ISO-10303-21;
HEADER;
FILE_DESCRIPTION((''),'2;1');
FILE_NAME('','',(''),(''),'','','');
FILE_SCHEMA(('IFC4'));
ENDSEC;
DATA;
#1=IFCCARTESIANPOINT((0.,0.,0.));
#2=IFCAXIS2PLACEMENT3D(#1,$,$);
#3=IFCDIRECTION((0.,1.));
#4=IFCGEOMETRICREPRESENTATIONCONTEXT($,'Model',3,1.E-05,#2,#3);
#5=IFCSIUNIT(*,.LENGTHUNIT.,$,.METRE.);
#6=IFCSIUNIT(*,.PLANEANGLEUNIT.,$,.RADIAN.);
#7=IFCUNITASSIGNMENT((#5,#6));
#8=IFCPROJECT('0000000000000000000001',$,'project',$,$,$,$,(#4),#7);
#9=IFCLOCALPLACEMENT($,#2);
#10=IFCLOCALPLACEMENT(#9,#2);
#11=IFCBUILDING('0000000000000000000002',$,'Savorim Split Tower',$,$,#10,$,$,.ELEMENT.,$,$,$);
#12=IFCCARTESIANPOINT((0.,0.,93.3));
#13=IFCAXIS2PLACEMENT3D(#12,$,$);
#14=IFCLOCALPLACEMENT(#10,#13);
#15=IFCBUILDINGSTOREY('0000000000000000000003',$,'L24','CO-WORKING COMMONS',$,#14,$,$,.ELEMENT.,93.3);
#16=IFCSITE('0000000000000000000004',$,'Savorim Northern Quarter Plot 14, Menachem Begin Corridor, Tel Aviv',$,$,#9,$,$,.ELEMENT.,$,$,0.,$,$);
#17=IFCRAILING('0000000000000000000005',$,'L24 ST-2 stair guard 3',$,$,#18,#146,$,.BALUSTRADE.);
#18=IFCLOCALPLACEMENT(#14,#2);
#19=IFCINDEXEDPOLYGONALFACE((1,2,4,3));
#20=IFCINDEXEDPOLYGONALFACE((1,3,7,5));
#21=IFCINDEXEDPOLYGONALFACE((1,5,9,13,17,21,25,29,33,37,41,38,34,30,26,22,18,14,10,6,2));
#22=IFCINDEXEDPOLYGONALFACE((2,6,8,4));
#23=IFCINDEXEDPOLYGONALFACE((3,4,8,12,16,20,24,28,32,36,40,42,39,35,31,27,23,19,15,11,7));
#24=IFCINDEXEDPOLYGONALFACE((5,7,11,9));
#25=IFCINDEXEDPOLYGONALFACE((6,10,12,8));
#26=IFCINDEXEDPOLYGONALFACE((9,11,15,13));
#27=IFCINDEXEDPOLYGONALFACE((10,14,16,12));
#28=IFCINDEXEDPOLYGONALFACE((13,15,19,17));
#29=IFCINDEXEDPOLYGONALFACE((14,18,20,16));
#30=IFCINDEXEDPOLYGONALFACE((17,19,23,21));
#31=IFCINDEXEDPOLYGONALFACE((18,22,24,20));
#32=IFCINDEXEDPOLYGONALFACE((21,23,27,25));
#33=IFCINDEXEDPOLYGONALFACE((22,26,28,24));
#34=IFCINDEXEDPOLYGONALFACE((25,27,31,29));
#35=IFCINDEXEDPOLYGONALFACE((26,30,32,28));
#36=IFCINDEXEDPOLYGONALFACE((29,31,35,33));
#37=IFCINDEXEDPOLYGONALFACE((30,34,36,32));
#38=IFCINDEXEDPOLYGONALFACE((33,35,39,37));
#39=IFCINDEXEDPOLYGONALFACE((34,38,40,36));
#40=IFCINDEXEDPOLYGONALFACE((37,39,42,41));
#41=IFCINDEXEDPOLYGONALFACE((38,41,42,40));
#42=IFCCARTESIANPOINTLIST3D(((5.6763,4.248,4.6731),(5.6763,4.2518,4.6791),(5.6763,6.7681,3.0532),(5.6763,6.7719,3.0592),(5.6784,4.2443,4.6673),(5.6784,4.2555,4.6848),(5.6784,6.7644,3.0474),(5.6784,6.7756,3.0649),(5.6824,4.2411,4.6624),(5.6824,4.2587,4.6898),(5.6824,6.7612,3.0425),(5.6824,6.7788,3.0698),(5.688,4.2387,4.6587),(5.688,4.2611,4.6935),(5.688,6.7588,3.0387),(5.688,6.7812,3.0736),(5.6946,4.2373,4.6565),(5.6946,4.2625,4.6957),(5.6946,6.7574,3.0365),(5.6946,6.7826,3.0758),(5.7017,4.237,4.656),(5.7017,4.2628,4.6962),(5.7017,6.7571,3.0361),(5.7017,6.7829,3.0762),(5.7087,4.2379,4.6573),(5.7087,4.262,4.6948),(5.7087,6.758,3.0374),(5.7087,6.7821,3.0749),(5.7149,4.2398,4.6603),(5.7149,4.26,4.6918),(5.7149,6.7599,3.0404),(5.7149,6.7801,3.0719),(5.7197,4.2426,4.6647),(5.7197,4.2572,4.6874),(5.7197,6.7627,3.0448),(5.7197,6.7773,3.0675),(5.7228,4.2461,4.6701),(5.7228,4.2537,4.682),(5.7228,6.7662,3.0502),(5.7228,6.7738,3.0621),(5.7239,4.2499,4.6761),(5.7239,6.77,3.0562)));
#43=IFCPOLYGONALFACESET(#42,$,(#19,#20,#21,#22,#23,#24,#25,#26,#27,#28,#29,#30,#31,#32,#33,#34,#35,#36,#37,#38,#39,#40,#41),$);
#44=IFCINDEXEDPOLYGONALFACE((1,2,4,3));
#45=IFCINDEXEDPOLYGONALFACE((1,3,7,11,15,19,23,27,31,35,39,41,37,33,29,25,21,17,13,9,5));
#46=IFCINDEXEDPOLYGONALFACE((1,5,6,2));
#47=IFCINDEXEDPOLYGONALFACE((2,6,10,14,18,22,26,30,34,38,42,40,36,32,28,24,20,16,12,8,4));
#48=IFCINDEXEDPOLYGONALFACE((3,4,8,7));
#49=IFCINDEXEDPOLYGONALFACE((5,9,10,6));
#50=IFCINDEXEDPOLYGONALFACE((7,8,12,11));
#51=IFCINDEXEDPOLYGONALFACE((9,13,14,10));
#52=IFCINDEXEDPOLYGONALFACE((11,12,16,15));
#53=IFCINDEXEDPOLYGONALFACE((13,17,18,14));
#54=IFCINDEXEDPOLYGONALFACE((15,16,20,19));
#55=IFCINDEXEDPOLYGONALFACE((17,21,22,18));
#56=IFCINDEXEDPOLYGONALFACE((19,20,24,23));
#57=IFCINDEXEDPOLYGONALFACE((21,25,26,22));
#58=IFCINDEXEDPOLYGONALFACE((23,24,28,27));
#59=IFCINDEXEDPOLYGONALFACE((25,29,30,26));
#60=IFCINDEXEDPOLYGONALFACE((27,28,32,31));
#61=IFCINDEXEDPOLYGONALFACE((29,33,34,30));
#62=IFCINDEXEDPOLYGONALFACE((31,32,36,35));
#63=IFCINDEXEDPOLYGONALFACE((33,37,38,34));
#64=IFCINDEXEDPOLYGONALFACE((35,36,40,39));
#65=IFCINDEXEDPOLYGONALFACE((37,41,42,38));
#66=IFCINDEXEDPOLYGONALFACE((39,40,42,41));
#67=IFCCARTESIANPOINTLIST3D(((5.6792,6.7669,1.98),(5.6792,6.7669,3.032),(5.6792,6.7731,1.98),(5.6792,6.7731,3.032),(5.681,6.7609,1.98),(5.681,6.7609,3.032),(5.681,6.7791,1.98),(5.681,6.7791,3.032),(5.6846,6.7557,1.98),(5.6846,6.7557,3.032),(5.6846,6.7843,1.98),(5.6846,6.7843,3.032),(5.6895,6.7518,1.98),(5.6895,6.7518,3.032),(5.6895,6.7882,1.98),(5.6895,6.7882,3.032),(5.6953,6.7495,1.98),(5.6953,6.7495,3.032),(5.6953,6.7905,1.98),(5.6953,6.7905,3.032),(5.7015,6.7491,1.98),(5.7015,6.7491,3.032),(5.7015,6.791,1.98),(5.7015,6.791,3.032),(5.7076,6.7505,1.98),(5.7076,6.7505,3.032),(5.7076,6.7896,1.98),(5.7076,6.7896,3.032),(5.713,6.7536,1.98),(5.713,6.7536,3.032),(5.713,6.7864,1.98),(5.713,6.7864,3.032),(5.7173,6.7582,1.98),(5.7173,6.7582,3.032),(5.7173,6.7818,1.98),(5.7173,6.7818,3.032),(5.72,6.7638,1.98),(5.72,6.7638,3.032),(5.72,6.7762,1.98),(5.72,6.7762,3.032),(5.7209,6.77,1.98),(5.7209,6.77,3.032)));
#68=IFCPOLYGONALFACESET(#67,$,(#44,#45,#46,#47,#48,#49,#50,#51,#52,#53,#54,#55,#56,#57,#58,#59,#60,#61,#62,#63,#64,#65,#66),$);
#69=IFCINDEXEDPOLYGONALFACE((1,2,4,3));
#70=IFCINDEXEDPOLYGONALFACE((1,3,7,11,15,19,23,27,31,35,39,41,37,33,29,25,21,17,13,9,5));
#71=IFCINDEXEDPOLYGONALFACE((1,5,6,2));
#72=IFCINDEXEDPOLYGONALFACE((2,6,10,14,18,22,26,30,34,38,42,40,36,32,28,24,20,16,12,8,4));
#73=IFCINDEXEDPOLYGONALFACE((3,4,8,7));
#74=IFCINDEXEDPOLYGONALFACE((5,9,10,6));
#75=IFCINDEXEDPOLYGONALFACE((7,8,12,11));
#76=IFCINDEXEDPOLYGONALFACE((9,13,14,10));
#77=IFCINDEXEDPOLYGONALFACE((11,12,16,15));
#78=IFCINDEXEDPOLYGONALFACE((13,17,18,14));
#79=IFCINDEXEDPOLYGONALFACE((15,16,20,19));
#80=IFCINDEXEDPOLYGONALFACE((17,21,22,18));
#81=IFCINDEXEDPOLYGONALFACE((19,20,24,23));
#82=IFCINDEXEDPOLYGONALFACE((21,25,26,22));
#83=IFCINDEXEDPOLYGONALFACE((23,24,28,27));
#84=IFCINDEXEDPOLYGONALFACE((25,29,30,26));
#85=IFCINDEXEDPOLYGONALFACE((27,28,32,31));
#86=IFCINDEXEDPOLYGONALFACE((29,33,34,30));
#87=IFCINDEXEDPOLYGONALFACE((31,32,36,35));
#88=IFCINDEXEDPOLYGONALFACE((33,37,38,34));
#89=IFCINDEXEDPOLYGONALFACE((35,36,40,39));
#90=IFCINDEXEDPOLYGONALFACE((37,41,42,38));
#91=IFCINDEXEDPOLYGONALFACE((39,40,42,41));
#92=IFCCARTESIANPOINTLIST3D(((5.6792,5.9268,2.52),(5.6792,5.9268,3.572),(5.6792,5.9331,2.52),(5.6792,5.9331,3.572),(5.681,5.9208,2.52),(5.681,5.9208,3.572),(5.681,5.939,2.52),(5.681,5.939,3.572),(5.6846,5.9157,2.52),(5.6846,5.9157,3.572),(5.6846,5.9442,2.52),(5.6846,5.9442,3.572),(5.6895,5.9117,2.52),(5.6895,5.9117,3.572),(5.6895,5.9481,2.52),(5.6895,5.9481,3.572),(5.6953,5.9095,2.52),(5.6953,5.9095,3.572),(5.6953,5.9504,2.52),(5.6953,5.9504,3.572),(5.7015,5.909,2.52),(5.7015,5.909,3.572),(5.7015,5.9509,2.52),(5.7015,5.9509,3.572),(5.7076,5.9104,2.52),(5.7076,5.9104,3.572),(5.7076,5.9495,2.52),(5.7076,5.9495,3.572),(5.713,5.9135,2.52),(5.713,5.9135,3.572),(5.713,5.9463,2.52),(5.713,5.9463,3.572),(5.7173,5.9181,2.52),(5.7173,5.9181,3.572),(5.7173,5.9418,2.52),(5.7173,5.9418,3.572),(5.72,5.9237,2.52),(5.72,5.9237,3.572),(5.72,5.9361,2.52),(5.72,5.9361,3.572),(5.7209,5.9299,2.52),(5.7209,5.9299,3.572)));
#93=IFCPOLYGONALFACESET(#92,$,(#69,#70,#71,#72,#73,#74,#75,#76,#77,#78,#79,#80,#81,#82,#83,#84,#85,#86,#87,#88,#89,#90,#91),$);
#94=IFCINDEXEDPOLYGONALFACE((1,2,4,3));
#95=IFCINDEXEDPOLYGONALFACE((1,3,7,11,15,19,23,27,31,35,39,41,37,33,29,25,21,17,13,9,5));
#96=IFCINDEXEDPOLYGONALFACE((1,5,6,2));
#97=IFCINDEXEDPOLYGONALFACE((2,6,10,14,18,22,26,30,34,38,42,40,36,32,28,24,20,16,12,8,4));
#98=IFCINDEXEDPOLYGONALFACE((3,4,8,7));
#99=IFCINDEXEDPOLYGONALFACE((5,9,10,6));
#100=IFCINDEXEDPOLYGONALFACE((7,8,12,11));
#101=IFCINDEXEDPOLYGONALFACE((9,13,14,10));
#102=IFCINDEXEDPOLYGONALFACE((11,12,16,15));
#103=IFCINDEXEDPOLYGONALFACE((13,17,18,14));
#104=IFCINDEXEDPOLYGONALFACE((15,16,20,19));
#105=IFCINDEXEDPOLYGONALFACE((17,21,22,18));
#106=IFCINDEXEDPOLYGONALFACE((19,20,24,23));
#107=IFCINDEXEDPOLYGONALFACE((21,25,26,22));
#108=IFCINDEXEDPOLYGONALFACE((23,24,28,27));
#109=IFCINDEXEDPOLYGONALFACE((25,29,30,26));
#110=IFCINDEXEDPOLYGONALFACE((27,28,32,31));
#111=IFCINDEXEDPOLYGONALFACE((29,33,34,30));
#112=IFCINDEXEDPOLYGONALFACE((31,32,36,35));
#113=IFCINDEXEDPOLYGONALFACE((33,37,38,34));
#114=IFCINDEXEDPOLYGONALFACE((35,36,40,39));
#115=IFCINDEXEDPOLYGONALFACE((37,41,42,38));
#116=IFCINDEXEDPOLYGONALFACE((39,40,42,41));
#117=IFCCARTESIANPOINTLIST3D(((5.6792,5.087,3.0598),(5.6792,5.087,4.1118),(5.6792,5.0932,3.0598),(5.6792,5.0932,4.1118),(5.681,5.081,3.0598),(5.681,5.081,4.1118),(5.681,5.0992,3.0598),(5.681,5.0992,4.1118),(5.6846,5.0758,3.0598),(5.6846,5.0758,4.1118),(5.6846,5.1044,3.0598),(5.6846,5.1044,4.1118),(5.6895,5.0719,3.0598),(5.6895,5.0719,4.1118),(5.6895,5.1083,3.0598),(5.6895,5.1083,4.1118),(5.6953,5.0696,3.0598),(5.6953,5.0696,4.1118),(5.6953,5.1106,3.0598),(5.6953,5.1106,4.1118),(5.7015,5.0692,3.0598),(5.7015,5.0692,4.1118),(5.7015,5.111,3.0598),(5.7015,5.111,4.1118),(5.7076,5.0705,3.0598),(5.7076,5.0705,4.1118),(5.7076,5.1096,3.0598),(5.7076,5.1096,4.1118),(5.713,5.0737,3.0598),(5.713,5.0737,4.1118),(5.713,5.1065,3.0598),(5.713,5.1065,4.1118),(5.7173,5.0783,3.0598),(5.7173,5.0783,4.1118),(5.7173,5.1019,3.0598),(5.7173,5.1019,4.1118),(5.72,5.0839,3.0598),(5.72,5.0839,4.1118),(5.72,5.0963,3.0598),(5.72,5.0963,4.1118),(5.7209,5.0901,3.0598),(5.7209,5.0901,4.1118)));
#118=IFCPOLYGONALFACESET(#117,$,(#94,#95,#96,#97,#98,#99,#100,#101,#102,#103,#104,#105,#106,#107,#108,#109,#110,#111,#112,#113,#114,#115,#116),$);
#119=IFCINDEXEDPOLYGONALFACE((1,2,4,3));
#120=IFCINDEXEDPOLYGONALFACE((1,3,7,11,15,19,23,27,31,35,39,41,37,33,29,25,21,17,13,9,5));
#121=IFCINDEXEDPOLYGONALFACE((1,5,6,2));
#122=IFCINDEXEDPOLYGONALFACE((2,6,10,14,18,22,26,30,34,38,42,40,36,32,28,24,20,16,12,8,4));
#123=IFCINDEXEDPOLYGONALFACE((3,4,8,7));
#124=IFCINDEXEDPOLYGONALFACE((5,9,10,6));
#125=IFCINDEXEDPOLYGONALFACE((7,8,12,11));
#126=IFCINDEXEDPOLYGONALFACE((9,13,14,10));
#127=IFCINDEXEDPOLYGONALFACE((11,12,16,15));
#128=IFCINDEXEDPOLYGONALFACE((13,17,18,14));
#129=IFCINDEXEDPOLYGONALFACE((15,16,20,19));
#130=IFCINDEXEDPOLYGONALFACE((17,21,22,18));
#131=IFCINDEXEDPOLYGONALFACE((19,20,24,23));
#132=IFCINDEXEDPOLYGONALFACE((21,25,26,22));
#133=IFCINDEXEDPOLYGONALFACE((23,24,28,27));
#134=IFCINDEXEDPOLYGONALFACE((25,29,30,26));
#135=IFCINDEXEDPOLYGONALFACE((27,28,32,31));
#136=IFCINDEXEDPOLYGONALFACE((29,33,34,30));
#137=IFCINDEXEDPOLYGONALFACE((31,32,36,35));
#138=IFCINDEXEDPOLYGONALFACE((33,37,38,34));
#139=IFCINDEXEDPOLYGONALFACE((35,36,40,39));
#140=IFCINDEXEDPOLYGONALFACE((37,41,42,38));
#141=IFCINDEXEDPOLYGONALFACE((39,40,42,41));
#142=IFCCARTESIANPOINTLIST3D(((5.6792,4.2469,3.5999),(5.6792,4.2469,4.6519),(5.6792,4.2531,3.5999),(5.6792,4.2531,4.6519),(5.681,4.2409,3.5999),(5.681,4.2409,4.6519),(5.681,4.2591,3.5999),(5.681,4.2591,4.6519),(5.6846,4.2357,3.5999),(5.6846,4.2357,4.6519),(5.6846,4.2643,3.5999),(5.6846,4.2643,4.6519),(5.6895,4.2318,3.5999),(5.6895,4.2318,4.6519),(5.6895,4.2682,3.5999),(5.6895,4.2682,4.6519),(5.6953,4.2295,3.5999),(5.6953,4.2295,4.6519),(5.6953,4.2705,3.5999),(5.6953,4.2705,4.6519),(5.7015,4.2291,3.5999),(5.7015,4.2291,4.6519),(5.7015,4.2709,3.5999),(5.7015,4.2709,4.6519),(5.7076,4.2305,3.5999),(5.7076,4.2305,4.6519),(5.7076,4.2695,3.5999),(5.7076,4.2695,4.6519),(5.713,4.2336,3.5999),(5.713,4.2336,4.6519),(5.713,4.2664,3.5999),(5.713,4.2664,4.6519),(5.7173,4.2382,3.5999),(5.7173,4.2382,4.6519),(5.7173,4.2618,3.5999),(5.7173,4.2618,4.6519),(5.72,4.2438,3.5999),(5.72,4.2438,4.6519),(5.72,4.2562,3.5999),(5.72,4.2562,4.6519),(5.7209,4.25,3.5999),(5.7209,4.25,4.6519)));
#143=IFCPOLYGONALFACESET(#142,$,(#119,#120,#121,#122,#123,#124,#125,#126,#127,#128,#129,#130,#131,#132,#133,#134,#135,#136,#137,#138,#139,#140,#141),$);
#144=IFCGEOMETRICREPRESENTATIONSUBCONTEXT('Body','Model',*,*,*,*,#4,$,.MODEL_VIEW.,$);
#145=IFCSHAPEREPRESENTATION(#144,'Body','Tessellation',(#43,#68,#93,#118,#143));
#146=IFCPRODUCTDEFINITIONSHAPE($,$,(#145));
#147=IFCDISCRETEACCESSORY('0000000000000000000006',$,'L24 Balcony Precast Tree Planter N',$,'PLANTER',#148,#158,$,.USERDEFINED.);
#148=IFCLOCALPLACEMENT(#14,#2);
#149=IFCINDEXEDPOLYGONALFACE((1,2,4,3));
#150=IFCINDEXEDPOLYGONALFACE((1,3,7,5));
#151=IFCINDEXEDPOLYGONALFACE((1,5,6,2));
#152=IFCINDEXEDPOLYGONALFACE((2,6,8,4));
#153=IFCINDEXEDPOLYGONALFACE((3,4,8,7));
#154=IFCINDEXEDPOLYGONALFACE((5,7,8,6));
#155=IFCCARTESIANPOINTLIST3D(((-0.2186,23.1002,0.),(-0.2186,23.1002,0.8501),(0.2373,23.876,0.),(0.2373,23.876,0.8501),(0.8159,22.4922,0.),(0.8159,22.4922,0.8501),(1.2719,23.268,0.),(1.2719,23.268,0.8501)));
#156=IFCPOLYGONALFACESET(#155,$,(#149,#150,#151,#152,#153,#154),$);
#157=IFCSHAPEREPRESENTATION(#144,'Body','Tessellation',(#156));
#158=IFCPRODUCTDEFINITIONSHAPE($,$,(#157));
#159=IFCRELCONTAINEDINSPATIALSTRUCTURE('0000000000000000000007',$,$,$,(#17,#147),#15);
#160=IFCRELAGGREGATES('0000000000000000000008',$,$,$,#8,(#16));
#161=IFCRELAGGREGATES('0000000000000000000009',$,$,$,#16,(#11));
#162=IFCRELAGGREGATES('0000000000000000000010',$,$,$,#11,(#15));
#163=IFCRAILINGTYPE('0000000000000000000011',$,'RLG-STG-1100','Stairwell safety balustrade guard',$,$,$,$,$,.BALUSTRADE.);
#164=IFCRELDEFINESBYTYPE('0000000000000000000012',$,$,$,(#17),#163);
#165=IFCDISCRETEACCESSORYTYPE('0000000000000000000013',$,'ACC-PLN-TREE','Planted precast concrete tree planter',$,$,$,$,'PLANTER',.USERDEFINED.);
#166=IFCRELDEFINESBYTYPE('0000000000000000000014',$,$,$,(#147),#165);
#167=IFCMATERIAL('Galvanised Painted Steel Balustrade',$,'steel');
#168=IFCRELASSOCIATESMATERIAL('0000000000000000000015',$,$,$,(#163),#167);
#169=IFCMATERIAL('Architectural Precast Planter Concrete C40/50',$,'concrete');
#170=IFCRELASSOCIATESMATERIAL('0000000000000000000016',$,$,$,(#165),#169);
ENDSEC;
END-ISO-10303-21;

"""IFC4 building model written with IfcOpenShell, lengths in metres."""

from ifc_helpers import new_model, si_unit, direction, frame, origin, origin_2d, place, context, subcontext, project, spatial, rectangle, circle, extrude, material, type_object, element, save


model = new_model("IFC4")

# Units and contexts
model_context = context("Model", 3, precision=1e-05, world=origin(), true_north=direction((0.0, 1.0)))
body_context = subcontext(model_context, "Body", "Model", "MODEL_VIEW")
ifc_project = project(units=[si_unit("LENGTHUNIT", "METRE"), si_unit("PLANEANGLEUNIT", "RADIAN")], contexts=[model_context])

# Site, building, storey
site_placement = place(None, origin())
site = spatial("IfcSite", under=ifc_project, at=site_placement, Name="Savorim Northern Quarter Plot 14, Menachem Begin Corridor, Tel Aviv", CompositionType="ELEMENT", RefElevation=0.0)
building_placement = place(site_placement, origin())
building = spatial("IfcBuilding", under=site, at=building_placement, Name="Savorim Split Tower", CompositionType="ELEMENT")
storey_placement = place(building_placement, frame((0.0, 0.0, 93.3)))
storey = spatial("IfcBuildingStorey", under=building, at=storey_placement, Name="L24", Description="CO-WORKING COMMONS", CompositionType="ELEMENT", Elevation=93.3)

# Railing
ifc_material_1 = material(Name="Galvanised Painted Steel Balustrade", Category="steel")
railing_type_1 = type_object("IfcRailingType", Name="RLG-STG-1100", Description="Stairwell safety balustrade guard", PredefinedType="BALUSTRADE", material=ifc_material_1)
railing_1_placement = place(storey_placement, frame((5.7, 6.77, 1.98)))
element("IfcRailing", 1, at=railing_1_placement, inside=storey, type_object=railing_type_1, Name="L24 ST-2 stair guard 3", PredefinedType="BALUSTRADE", context=body_context, shape_type="SweptSolid", body=[
    extrude(circle(Radius=0.0239, at=origin_2d()), frame((0.0, 0.0, 1.0762), z_axis=(0.0, -0.8412, 0.540725), x_axis=(1.0, 0.0, 0.0)), (0.0, 0.0, 1.0), 2.9958),
    extrude(circle(Radius=0.021, at=origin_2d()), origin(), (0.0, 0.0, 1.0), 1.052),
    extrude(circle(Radius=0.021, at=origin_2d()), frame((0.0, -0.8401, 0.54)), (0.0, 0.0, 1.0), 1.052),
    extrude(circle(Radius=0.021, at=origin_2d()), frame((0.0, -1.6799, 1.0798)), (0.0, 0.0, 1.0), 1.052),
    extrude(circle(Radius=0.021, at=origin_2d()), frame((0.0, -2.52, 1.6199)), (0.0, 0.0, 1.0), 1.052),
])

# Discrete accessory
ifc_material_2 = material(Name="Architectural Precast Planter Concrete C40/50", Category="concrete")
discrete_accessory_type = type_object("IfcDiscreteAccessoryType", Name="ACC-PLN-TREE", Description="Planted precast concrete tree planter", ElementType="PLANTER", PredefinedType="USERDEFINED", material=ifc_material_2)
discrete_accessory_placement = place(storey_placement, frame((0.5266, 23.1841, 0.0), z_axis=(0.0, 0.0, 1.0), x_axis=(-0.862122, 0.5067, 0.0)))
element("IfcDiscreteAccessory", 2, at=discrete_accessory_placement, inside=storey, type_object=discrete_accessory_type, Name="L24 Balcony Precast Tree Planter N", ObjectType="PLANTER", PredefinedType="USERDEFINED", context=body_context, shape_type="SweptSolid", body=[
    extrude(rectangle(XDim=1.2, YDim=0.8999, at=origin_2d()), origin(), (0.0, 0.0, 1.0), 0.8501),
])

save(model, "model.ifc")
